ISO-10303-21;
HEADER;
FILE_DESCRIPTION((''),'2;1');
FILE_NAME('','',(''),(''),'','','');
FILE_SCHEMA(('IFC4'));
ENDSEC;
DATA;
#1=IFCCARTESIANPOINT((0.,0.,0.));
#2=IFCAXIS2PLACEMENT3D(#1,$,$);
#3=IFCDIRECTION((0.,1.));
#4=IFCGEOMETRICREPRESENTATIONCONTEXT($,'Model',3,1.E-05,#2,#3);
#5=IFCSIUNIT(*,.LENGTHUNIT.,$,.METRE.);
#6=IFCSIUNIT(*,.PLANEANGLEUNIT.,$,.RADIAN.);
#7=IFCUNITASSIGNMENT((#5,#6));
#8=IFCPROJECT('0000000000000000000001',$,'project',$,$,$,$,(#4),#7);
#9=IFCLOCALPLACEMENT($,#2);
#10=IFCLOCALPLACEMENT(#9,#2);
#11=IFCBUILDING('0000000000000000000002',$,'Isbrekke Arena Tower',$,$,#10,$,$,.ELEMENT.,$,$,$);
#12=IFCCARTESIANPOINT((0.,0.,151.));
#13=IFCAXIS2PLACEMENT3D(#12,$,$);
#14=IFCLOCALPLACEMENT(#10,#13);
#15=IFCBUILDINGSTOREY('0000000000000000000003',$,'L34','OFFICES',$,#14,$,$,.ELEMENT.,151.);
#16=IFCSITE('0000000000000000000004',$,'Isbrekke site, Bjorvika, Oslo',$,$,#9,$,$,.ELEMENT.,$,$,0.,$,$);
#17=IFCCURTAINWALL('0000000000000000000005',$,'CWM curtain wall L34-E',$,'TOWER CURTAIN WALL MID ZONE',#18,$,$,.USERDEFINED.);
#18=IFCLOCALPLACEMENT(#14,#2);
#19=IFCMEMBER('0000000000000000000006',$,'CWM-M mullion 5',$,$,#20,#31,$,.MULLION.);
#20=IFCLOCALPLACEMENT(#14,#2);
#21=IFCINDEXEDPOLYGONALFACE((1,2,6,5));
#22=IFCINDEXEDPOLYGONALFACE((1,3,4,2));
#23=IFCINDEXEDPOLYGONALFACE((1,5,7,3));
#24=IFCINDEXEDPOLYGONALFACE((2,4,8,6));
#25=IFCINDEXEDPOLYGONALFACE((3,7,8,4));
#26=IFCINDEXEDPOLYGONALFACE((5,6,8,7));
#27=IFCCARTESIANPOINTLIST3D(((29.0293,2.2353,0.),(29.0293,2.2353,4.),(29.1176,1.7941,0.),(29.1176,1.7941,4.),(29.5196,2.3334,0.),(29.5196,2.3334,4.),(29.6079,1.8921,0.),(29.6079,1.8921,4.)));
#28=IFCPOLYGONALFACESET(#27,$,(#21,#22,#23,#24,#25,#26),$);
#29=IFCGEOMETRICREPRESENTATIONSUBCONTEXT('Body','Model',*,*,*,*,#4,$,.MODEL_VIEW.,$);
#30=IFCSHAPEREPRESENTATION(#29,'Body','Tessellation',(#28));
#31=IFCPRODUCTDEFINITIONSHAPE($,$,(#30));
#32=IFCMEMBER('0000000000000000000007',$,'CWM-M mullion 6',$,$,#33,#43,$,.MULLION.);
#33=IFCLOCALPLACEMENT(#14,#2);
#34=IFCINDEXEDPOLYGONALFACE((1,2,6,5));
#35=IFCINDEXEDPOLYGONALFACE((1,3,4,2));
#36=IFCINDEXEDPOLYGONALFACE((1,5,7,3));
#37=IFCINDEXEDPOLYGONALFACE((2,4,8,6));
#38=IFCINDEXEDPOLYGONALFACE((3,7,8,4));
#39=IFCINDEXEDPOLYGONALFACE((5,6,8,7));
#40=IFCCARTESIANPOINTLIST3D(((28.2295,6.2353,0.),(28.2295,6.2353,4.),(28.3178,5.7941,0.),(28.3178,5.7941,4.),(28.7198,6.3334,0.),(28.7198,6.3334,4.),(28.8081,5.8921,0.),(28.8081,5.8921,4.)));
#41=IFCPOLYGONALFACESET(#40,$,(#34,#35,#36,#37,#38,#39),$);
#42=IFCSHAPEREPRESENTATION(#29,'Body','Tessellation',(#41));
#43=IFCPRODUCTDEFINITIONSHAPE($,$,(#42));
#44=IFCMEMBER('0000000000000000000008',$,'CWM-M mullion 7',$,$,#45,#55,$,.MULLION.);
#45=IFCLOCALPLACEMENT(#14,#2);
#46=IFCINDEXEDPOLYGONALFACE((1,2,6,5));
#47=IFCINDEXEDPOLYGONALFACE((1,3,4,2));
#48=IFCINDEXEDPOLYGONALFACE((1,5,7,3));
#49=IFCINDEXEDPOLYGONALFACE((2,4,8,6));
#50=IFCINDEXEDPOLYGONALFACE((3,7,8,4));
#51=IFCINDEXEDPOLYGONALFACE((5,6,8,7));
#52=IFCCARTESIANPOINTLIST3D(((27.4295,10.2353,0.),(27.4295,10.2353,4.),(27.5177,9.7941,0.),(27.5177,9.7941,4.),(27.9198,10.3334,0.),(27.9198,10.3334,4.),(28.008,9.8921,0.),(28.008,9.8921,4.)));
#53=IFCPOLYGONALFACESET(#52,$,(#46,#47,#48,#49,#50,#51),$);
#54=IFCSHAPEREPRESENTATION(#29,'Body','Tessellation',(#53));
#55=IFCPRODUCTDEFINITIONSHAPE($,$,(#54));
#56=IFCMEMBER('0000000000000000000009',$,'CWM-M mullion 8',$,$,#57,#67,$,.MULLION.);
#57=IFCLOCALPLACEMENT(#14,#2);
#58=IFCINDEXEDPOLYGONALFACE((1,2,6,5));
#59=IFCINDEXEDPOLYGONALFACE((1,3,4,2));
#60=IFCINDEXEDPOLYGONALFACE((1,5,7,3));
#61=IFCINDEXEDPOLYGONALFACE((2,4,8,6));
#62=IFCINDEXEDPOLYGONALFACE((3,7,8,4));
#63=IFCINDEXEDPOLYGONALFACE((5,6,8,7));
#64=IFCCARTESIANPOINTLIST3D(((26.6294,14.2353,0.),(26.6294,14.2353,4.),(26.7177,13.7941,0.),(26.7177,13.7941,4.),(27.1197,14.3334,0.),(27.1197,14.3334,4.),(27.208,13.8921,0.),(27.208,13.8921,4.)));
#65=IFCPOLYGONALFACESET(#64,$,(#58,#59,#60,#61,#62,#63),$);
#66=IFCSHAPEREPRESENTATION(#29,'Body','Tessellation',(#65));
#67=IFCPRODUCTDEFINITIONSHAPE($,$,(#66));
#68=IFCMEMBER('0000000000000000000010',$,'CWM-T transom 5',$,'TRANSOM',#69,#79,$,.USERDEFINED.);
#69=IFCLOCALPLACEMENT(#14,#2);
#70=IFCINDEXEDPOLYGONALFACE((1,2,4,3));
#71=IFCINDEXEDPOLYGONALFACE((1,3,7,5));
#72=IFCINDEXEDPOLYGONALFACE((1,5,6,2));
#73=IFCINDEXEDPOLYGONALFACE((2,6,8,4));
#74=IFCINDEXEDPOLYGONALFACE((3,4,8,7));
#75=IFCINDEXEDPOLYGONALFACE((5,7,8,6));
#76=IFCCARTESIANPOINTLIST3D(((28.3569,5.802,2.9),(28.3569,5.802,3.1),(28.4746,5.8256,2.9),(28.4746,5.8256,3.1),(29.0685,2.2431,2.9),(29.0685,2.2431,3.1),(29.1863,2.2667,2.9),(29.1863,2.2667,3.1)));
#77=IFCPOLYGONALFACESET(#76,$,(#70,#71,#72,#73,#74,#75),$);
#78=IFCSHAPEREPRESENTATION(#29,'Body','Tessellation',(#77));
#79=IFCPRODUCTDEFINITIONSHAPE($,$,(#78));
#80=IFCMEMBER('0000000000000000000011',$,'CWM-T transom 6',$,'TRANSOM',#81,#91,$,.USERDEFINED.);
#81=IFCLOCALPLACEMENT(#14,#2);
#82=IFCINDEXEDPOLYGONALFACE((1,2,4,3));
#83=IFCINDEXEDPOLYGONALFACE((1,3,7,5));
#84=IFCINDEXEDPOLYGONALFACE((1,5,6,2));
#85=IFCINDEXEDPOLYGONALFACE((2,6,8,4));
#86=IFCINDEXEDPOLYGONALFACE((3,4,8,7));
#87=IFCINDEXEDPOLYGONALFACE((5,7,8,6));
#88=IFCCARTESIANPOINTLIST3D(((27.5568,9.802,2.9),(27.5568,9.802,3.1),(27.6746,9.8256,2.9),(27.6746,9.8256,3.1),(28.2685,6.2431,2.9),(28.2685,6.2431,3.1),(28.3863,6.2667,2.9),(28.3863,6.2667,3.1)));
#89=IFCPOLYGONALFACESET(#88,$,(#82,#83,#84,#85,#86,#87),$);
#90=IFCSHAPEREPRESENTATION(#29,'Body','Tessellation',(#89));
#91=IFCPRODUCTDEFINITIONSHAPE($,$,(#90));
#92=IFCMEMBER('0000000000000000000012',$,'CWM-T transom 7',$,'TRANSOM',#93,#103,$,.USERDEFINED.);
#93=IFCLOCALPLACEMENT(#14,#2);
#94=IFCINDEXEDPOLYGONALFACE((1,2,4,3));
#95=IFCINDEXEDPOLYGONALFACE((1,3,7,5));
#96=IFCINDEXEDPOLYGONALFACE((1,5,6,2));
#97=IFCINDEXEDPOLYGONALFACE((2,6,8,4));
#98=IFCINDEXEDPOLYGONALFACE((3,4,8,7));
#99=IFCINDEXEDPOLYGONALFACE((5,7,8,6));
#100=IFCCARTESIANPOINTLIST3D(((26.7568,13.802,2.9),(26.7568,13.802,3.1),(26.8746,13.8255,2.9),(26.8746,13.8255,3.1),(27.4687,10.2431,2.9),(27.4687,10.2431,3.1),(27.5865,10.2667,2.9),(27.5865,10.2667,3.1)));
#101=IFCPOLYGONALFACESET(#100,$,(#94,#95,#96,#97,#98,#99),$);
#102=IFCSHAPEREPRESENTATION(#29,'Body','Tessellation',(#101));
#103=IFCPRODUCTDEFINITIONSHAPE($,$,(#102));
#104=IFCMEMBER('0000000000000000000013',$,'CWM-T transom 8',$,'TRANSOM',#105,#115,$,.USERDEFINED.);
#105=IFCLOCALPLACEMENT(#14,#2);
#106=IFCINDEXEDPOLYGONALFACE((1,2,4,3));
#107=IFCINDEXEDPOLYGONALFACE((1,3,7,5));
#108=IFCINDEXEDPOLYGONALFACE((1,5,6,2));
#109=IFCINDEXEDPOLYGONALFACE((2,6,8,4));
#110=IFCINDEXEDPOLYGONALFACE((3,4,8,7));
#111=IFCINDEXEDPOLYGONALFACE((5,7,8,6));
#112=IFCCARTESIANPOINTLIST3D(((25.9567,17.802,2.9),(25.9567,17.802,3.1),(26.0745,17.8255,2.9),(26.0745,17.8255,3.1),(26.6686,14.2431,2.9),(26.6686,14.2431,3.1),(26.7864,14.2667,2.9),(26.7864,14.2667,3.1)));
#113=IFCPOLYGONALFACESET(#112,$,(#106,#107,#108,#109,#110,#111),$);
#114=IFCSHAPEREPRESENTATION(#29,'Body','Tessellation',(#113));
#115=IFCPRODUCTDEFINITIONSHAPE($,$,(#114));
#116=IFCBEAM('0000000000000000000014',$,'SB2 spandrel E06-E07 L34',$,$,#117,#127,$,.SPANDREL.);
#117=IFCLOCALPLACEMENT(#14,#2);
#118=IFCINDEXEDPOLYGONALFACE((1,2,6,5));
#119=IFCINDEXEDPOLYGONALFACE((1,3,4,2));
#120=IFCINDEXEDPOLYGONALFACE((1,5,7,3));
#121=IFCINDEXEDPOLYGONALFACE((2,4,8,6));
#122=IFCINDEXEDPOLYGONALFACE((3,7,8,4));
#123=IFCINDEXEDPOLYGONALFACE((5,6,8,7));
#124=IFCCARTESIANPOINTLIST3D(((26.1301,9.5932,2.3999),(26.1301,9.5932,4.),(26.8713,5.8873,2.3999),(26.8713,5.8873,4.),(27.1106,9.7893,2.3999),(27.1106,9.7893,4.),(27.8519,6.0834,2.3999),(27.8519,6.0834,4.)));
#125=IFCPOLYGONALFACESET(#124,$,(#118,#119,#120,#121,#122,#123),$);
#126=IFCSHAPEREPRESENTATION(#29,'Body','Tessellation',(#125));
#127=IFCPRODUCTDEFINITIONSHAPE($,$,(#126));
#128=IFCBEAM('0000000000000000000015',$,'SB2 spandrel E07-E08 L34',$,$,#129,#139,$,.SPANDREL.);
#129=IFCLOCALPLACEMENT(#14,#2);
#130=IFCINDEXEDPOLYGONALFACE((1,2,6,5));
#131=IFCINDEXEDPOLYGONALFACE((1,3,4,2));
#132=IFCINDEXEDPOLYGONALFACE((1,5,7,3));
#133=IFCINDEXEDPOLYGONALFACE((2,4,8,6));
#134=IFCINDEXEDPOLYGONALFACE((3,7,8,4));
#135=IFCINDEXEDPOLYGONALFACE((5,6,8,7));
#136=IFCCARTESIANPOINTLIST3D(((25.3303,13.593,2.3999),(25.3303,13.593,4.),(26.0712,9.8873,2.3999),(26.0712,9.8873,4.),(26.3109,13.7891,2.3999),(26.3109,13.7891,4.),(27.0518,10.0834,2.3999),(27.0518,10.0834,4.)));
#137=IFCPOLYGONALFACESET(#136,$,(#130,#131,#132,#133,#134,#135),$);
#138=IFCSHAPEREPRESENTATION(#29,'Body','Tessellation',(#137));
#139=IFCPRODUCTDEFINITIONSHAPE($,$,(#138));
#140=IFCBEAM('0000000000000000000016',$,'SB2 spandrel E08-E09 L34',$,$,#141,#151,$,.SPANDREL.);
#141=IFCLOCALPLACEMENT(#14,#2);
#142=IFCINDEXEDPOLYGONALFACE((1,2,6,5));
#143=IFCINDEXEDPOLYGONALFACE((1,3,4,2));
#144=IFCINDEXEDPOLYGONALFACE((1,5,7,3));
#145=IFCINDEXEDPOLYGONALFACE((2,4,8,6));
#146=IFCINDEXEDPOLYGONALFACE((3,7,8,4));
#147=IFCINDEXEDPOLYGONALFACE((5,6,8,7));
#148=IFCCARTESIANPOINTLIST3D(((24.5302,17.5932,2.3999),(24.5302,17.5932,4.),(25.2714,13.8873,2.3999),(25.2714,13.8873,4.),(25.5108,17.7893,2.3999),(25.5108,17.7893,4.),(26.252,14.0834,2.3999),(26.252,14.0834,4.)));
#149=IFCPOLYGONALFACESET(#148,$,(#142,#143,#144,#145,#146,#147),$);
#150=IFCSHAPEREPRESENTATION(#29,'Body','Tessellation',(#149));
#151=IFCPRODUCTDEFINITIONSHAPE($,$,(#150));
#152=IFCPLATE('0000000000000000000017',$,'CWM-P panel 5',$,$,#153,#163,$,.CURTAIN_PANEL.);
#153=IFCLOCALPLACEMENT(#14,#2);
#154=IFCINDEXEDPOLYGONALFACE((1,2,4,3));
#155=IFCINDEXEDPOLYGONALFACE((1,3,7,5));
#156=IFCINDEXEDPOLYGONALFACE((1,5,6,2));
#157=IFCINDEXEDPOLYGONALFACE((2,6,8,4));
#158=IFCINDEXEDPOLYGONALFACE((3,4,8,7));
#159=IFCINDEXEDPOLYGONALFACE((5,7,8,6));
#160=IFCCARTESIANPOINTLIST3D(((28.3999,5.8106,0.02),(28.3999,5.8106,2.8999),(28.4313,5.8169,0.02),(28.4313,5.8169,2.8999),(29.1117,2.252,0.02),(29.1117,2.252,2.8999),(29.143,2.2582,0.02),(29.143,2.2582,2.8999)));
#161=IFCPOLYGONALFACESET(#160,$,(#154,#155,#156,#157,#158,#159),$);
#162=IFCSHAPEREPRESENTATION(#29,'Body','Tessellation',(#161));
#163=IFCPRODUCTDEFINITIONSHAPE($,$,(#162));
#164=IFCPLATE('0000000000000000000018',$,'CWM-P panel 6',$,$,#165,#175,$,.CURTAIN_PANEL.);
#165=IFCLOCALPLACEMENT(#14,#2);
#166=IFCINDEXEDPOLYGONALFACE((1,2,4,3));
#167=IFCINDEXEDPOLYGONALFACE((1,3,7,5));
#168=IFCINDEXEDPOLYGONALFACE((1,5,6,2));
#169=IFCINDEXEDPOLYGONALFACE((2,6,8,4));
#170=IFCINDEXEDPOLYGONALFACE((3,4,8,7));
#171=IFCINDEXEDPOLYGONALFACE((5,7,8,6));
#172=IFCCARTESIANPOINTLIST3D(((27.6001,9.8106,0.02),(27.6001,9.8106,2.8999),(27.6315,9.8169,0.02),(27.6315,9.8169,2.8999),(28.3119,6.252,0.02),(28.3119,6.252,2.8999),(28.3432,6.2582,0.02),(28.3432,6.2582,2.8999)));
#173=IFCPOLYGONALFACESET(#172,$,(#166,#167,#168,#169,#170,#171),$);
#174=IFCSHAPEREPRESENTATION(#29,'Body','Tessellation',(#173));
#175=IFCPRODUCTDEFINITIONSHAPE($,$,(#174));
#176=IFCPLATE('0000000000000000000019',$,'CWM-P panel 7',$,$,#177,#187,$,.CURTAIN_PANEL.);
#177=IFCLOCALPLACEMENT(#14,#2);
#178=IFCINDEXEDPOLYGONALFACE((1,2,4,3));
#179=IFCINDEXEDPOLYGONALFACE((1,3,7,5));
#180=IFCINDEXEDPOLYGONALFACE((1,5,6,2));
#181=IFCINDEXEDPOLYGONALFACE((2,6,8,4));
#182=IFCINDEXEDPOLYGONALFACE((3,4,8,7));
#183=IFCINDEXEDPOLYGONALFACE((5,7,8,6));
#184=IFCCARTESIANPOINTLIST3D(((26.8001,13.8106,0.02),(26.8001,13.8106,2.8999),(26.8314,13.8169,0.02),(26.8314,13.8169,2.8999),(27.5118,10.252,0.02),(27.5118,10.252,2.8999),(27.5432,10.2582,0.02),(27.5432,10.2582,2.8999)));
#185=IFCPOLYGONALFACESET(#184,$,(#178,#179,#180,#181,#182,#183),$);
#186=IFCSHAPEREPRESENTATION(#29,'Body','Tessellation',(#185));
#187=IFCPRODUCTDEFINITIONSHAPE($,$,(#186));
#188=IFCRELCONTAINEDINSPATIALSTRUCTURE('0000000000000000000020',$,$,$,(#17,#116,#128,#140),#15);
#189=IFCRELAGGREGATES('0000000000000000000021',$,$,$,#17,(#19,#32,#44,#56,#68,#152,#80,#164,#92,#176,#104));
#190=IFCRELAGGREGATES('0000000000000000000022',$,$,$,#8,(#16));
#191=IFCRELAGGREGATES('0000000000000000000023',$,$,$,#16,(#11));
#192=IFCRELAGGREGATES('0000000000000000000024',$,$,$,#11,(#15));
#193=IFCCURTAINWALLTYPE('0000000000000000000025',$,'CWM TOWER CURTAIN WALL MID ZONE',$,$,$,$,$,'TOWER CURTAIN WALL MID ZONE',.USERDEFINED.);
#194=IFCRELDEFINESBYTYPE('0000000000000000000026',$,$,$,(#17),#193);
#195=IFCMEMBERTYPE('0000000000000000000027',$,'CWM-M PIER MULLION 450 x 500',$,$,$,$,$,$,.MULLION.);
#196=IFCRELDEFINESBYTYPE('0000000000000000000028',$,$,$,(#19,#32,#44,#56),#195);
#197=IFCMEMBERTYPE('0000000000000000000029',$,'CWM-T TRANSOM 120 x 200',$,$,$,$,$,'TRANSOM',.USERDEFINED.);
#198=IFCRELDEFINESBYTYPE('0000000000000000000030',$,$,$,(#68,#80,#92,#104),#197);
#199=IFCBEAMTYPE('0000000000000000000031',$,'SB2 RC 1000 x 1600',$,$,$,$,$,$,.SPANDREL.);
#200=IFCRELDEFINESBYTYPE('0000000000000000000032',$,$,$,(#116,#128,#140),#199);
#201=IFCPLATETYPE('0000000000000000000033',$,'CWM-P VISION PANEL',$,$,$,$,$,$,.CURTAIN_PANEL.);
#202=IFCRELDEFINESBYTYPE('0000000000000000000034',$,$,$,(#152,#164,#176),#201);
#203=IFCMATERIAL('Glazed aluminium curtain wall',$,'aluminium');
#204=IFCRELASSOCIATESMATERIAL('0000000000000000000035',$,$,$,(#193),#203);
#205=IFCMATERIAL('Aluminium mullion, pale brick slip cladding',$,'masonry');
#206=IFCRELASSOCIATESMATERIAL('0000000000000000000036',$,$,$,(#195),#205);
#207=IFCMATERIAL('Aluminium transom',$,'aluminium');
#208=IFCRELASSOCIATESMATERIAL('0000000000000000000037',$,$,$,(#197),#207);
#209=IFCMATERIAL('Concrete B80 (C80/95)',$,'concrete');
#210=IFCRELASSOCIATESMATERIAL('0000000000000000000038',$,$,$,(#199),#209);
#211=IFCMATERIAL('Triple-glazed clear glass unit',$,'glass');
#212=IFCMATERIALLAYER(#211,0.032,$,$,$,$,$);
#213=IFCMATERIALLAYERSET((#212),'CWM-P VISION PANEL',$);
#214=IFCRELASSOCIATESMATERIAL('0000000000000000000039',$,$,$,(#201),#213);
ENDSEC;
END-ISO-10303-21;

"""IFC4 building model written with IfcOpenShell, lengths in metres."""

from ifc_helpers import new_model, si_unit, direction, frame, origin, origin_2d, place, context, subcontext, project, spatial, rectangle, extrude, material, layer, layer_set, material_profile, profile_set, type_object, element, aggregate, save


model = new_model("IFC4")

# Units and contexts
model_context = context("Model", 3, precision=1e-05, world=origin(), true_north=direction((0.0, 1.0)))
body_context = subcontext(model_context, "Body", "Model", "MODEL_VIEW")
ifc_project = project(units=[si_unit("LENGTHUNIT", "METRE"), si_unit("PLANEANGLEUNIT", "RADIAN")], contexts=[model_context])

# Site, building, storey
site_placement = place(None, origin())
site = spatial("IfcSite", under=ifc_project, at=site_placement, Name="Isbrekke site, Bjorvika, Oslo", CompositionType="ELEMENT", RefElevation=0.0)
building_placement = place(site_placement, origin())
building = spatial("IfcBuilding", under=site, at=building_placement, Name="Isbrekke Arena Tower", CompositionType="ELEMENT")
storey_placement = place(building_placement, frame((0.0, 0.0, 151.0)))
storey = spatial("IfcBuildingStorey", under=building, at=storey_placement, Name="L34", Description="OFFICES", CompositionType="ELEMENT", Elevation=151.0)

# Curtain wall, members
ifc_material_1 = material(Name="Glazed aluminium curtain wall", Category="aluminium")
curtain_wall_type = type_object("IfcCurtainWallType", Name="CWM TOWER CURTAIN WALL MID ZONE", ElementType="TOWER CURTAIN WALL MID ZONE", PredefinedType="USERDEFINED", material=ifc_material_1)
curtain_wall_placement = place(storey_placement, origin())
curtain_wall = element("IfcCurtainWall", 1, at=curtain_wall_placement, inside=storey, type_object=curtain_wall_type, Name="CWM curtain wall L34-E", ObjectType="TOWER CURTAIN WALL MID ZONE", PredefinedType="USERDEFINED")
ifc_material_2 = material(Name="Aluminium mullion, pale brick slip cladding", Category="masonry")
ifc_material_profile_1 = material_profile(ifc_material_2, rectangle(XDim=0.45, YDim=0.5, at=origin_2d()), Name="PIER 450X500")
ifc_profile_set_1 = profile_set([ifc_material_profile_1], Name="Aluminium mullion, pale brick slip cladding")
member_type_1 = type_object("IfcMemberType", Name="CWM-M PIER MULLION 450 x 500", PredefinedType="MULLION", material=ifc_profile_set_1)
member_1_placement = place(storey_placement, frame((29.3186, 2.0637, 0.0), z_axis=(0.0, 0.0, 1.0), x_axis=(-0.196116, 0.980581, 0.0)))
member_1 = element("IfcMember", 2, at=member_1_placement, type_object=member_type_1, Name="CWM-M mullion 5", PredefinedType="MULLION", context=body_context, shape_type="SweptSolid", body=[
    extrude(rectangle(XDim=0.45, YDim=0.5, at=origin_2d()), origin(), (0.0, 0.0, 1.0), 4.0),
])
member_2_placement = place(storey_placement, frame((28.5188, 6.0637, 0.0), z_axis=(0.0, 0.0, 1.0), x_axis=(-0.196116, 0.980581, 0.0)))
member_2 = element("IfcMember", 3, at=member_2_placement, type_object=member_type_1, Name="CWM-M mullion 6", PredefinedType="MULLION", context=body_context, shape_type="SweptSolid", body=[
    extrude(rectangle(XDim=0.45, YDim=0.5, at=origin_2d()), origin(), (0.0, 0.0, 1.0), 4.0),
])
member_3_placement = place(storey_placement, frame((27.7188, 10.0637, 0.0), z_axis=(0.0, 0.0, 1.0), x_axis=(-0.196116, 0.980581, 0.0)))
member_3 = element("IfcMember", 4, at=member_3_placement, type_object=member_type_1, Name="CWM-M mullion 7", PredefinedType="MULLION", context=body_context, shape_type="SweptSolid", body=[
    extrude(rectangle(XDim=0.45, YDim=0.5, at=origin_2d()), origin(), (0.0, 0.0, 1.0), 4.0),
])
member_4_placement = place(storey_placement, frame((26.9187, 14.0637, 0.0), z_axis=(0.0, 0.0, 1.0), x_axis=(-0.196116, 0.980581, 0.0)))
member_4 = element("IfcMember", 5, at=member_4_placement, type_object=member_type_1, Name="CWM-M mullion 8", PredefinedType="MULLION", context=body_context, shape_type="SweptSolid", body=[
    extrude(rectangle(XDim=0.45, YDim=0.5, at=origin_2d()), origin(), (0.0, 0.0, 1.0), 4.0),
])
ifc_material_3 = material(Name="Aluminium transom", Category="aluminium")
ifc_material_profile_2 = material_profile(ifc_material_3, rectangle(XDim=0.1201, YDim=0.2, at=origin_2d()), Name="TRANSOM 120X200")
ifc_profile_set_2 = profile_set([ifc_material_profile_2], Name="Aluminium transom")
member_type_2 = type_object("IfcMemberType", Name="CWM-T TRANSOM 120 x 200", ElementType="TRANSOM", PredefinedType="USERDEFINED", material=ifc_profile_set_2)
member_5_placement = place(storey_placement, frame((29.1274, 2.2549, 3.0), z_axis=(-0.19609, 0.980586, 0.0), x_axis=(-0.980586, -0.19609, 0.0)))
member_5 = element("IfcMember", 6, at=member_5_placement, type_object=member_type_2, Name="CWM-T transom 5", ObjectType="TRANSOM", PredefinedType="USERDEFINED", context=body_context, shape_type="SweptSolid", body=[
    extrude(rectangle(XDim=0.1201, YDim=0.2, at=origin_2d()), origin(), (0.0, 0.0, 1.0), 3.6294),
])
member_6_placement = place(storey_placement, frame((28.3274, 6.2549, 3.0), z_axis=(-0.19609, 0.980586, 0.0), x_axis=(-0.980586, -0.19609, 0.0)))
member_6 = element("IfcMember", 7, at=member_6_placement, type_object=member_type_2, Name="CWM-T transom 6", ObjectType="TRANSOM", PredefinedType="USERDEFINED", context=body_context, shape_type="SweptSolid", body=[
    extrude(rectangle(XDim=0.1201, YDim=0.2, at=origin_2d()), origin(), (0.0, 0.0, 1.0), 3.6294),
])
member_7_placement = place(storey_placement, frame((27.5276, 10.2549, 3.0), z_axis=(-0.196155, 0.980573, 0.0), x_axis=(-0.980573, -0.196155, 0.0)))
member_7 = element("IfcMember", 8, at=member_7_placement, type_object=member_type_2, Name="CWM-T transom 7", ObjectType="TRANSOM", PredefinedType="USERDEFINED", context=body_context, shape_type="SweptSolid", body=[
    extrude(rectangle(XDim=0.1201, YDim=0.2, at=origin_2d()), origin(), (0.0, 0.0, 1.0), 3.6294),
])
member_8_placement = place(storey_placement, frame((26.7275, 14.2549, 3.0), z_axis=(-0.196155, 0.980573, 0.0), x_axis=(-0.980573, -0.196155, 0.0)))
member_8 = element("IfcMember", 9, at=member_8_placement, type_object=member_type_2, Name="CWM-T transom 8", ObjectType="TRANSOM", PredefinedType="USERDEFINED", context=body_context, shape_type="SweptSolid", body=[
    extrude(rectangle(XDim=0.1201, YDim=0.2, at=origin_2d()), origin(), (0.0, 0.0, 1.0), 3.6294),
])

# Beams
ifc_material_4 = material(Name="Concrete B80 (C80/95)", Category="concrete")
ifc_material_profile_3 = material_profile(ifc_material_4, rectangle(XDim=1.0, YDim=1.6001, at=origin_2d()), Name="RC 1000x1600")
ifc_profile_set_3 = profile_set([ifc_material_profile_3], Name="Concrete B80 (C80/95)")
beam_type_1 = type_object("IfcBeamType", Name="SB2 RC 1000 x 1600", PredefinedType="SPANDREL", material=ifc_profile_set_3)
beam_1_placement = place(storey_placement, frame((27.3616, 5.9854, 3.2), z_axis=(-0.196129, 0.980578, 0.0), x_axis=(-0.980578, -0.196129, 0.0)))
element("IfcBeam", 10, at=beam_1_placement, inside=storey, type_object=beam_type_1, Name="SB2 spandrel E06-E07 L34", PredefinedType="SPANDREL", context=body_context, shape_type="SweptSolid", body=[
    extrude(rectangle(XDim=1.0, YDim=1.6001, at=origin_2d()), origin(), (0.0, 0.0, 1.0), 3.7793),
])
beam_2_placement = place(storey_placement, frame((26.5615, 9.9854, 3.2), z_axis=(-0.196066, 0.980591, 0.0), x_axis=(-0.980591, -0.196066, 0.0)))
element("IfcBeam", 11, at=beam_2_placement, inside=storey, type_object=beam_type_1, Name="SB2 spandrel E07-E08 L34", PredefinedType="SPANDREL", context=body_context, shape_type="SweptSolid", body=[
    extrude(rectangle(XDim=1.0, YDim=1.6001, at=origin_2d()), origin(), (0.0, 0.0, 1.0), 3.7791),
])
beam_3_placement = place(storey_placement, frame((25.7617, 13.9854, 3.2), z_axis=(-0.196129, 0.980578, 0.0), x_axis=(-0.980578, -0.196129, 0.0)))
element("IfcBeam", 12, at=beam_3_placement, inside=storey, type_object=beam_type_1, Name="SB2 spandrel E08-E09 L34", PredefinedType="SPANDREL", context=body_context, shape_type="SweptSolid", body=[
    extrude(rectangle(XDim=1.0, YDim=1.6001, at=origin_2d()), origin(), (0.0, 0.0, 1.0), 3.7793),
])

# Plates
ifc_material_5 = material(Name="Triple-glazed clear glass unit", Category="glass")
ifc_layer_1 = layer(ifc_material_5, 0.032)
ifc_layer_set_1 = layer_set([ifc_layer_1], Name="CWM-P VISION PANEL")
plate_type = type_object("IfcPlateType", Name="CWM-P VISION PANEL", PredefinedType="CURTAIN_PANEL", material=ifc_layer_set_1)
plate_1_placement = place(storey_placement, frame((28.7715, 4.0344, 0.02), z_axis=(0.0, 0.0, 1.0), x_axis=(-0.196116, 0.980581, 0.0)))
plate_1 = element("IfcPlate", 13, at=plate_1_placement, type_object=plate_type, Name="CWM-P panel 5", PredefinedType="CURTAIN_PANEL", context=body_context, shape_type="SweptSolid", body=[
    extrude(rectangle(XDim=3.6292, YDim=0.032, at=origin_2d()), origin(), (0.0, 0.0, 1.0), 2.8799),
])
plate_2_placement = place(storey_placement, frame((27.9717, 8.0344, 0.02), z_axis=(0.0, 0.0, 1.0), x_axis=(-0.196116, 0.980581, 0.0)))
plate_2 = element("IfcPlate", 14, at=plate_2_placement, type_object=plate_type, Name="CWM-P panel 6", PredefinedType="CURTAIN_PANEL", context=body_context, shape_type="SweptSolid", body=[
    extrude(rectangle(XDim=3.6292, YDim=0.032, at=origin_2d()), origin(), (0.0, 0.0, 1.0), 2.8799),
])
plate_3_placement = place(storey_placement, frame((27.1716, 12.0344, 0.02), z_axis=(0.0, 0.0, 1.0), x_axis=(-0.196116, 0.980581, 0.0)))
plate_3 = element("IfcPlate", 15, at=plate_3_placement, type_object=plate_type, Name="CWM-P panel 7", PredefinedType="CURTAIN_PANEL", context=body_context, shape_type="SweptSolid", body=[
    extrude(rectangle(XDim=3.6292, YDim=0.032, at=origin_2d()), origin(), (0.0, 0.0, 1.0), 2.8799),
])
aggregate(curtain_wall, [member_1, member_2, member_3, member_4, member_5, plate_1, member_6, plate_2, member_7, plate_3, member_8])

save(model, "model.ifc")
